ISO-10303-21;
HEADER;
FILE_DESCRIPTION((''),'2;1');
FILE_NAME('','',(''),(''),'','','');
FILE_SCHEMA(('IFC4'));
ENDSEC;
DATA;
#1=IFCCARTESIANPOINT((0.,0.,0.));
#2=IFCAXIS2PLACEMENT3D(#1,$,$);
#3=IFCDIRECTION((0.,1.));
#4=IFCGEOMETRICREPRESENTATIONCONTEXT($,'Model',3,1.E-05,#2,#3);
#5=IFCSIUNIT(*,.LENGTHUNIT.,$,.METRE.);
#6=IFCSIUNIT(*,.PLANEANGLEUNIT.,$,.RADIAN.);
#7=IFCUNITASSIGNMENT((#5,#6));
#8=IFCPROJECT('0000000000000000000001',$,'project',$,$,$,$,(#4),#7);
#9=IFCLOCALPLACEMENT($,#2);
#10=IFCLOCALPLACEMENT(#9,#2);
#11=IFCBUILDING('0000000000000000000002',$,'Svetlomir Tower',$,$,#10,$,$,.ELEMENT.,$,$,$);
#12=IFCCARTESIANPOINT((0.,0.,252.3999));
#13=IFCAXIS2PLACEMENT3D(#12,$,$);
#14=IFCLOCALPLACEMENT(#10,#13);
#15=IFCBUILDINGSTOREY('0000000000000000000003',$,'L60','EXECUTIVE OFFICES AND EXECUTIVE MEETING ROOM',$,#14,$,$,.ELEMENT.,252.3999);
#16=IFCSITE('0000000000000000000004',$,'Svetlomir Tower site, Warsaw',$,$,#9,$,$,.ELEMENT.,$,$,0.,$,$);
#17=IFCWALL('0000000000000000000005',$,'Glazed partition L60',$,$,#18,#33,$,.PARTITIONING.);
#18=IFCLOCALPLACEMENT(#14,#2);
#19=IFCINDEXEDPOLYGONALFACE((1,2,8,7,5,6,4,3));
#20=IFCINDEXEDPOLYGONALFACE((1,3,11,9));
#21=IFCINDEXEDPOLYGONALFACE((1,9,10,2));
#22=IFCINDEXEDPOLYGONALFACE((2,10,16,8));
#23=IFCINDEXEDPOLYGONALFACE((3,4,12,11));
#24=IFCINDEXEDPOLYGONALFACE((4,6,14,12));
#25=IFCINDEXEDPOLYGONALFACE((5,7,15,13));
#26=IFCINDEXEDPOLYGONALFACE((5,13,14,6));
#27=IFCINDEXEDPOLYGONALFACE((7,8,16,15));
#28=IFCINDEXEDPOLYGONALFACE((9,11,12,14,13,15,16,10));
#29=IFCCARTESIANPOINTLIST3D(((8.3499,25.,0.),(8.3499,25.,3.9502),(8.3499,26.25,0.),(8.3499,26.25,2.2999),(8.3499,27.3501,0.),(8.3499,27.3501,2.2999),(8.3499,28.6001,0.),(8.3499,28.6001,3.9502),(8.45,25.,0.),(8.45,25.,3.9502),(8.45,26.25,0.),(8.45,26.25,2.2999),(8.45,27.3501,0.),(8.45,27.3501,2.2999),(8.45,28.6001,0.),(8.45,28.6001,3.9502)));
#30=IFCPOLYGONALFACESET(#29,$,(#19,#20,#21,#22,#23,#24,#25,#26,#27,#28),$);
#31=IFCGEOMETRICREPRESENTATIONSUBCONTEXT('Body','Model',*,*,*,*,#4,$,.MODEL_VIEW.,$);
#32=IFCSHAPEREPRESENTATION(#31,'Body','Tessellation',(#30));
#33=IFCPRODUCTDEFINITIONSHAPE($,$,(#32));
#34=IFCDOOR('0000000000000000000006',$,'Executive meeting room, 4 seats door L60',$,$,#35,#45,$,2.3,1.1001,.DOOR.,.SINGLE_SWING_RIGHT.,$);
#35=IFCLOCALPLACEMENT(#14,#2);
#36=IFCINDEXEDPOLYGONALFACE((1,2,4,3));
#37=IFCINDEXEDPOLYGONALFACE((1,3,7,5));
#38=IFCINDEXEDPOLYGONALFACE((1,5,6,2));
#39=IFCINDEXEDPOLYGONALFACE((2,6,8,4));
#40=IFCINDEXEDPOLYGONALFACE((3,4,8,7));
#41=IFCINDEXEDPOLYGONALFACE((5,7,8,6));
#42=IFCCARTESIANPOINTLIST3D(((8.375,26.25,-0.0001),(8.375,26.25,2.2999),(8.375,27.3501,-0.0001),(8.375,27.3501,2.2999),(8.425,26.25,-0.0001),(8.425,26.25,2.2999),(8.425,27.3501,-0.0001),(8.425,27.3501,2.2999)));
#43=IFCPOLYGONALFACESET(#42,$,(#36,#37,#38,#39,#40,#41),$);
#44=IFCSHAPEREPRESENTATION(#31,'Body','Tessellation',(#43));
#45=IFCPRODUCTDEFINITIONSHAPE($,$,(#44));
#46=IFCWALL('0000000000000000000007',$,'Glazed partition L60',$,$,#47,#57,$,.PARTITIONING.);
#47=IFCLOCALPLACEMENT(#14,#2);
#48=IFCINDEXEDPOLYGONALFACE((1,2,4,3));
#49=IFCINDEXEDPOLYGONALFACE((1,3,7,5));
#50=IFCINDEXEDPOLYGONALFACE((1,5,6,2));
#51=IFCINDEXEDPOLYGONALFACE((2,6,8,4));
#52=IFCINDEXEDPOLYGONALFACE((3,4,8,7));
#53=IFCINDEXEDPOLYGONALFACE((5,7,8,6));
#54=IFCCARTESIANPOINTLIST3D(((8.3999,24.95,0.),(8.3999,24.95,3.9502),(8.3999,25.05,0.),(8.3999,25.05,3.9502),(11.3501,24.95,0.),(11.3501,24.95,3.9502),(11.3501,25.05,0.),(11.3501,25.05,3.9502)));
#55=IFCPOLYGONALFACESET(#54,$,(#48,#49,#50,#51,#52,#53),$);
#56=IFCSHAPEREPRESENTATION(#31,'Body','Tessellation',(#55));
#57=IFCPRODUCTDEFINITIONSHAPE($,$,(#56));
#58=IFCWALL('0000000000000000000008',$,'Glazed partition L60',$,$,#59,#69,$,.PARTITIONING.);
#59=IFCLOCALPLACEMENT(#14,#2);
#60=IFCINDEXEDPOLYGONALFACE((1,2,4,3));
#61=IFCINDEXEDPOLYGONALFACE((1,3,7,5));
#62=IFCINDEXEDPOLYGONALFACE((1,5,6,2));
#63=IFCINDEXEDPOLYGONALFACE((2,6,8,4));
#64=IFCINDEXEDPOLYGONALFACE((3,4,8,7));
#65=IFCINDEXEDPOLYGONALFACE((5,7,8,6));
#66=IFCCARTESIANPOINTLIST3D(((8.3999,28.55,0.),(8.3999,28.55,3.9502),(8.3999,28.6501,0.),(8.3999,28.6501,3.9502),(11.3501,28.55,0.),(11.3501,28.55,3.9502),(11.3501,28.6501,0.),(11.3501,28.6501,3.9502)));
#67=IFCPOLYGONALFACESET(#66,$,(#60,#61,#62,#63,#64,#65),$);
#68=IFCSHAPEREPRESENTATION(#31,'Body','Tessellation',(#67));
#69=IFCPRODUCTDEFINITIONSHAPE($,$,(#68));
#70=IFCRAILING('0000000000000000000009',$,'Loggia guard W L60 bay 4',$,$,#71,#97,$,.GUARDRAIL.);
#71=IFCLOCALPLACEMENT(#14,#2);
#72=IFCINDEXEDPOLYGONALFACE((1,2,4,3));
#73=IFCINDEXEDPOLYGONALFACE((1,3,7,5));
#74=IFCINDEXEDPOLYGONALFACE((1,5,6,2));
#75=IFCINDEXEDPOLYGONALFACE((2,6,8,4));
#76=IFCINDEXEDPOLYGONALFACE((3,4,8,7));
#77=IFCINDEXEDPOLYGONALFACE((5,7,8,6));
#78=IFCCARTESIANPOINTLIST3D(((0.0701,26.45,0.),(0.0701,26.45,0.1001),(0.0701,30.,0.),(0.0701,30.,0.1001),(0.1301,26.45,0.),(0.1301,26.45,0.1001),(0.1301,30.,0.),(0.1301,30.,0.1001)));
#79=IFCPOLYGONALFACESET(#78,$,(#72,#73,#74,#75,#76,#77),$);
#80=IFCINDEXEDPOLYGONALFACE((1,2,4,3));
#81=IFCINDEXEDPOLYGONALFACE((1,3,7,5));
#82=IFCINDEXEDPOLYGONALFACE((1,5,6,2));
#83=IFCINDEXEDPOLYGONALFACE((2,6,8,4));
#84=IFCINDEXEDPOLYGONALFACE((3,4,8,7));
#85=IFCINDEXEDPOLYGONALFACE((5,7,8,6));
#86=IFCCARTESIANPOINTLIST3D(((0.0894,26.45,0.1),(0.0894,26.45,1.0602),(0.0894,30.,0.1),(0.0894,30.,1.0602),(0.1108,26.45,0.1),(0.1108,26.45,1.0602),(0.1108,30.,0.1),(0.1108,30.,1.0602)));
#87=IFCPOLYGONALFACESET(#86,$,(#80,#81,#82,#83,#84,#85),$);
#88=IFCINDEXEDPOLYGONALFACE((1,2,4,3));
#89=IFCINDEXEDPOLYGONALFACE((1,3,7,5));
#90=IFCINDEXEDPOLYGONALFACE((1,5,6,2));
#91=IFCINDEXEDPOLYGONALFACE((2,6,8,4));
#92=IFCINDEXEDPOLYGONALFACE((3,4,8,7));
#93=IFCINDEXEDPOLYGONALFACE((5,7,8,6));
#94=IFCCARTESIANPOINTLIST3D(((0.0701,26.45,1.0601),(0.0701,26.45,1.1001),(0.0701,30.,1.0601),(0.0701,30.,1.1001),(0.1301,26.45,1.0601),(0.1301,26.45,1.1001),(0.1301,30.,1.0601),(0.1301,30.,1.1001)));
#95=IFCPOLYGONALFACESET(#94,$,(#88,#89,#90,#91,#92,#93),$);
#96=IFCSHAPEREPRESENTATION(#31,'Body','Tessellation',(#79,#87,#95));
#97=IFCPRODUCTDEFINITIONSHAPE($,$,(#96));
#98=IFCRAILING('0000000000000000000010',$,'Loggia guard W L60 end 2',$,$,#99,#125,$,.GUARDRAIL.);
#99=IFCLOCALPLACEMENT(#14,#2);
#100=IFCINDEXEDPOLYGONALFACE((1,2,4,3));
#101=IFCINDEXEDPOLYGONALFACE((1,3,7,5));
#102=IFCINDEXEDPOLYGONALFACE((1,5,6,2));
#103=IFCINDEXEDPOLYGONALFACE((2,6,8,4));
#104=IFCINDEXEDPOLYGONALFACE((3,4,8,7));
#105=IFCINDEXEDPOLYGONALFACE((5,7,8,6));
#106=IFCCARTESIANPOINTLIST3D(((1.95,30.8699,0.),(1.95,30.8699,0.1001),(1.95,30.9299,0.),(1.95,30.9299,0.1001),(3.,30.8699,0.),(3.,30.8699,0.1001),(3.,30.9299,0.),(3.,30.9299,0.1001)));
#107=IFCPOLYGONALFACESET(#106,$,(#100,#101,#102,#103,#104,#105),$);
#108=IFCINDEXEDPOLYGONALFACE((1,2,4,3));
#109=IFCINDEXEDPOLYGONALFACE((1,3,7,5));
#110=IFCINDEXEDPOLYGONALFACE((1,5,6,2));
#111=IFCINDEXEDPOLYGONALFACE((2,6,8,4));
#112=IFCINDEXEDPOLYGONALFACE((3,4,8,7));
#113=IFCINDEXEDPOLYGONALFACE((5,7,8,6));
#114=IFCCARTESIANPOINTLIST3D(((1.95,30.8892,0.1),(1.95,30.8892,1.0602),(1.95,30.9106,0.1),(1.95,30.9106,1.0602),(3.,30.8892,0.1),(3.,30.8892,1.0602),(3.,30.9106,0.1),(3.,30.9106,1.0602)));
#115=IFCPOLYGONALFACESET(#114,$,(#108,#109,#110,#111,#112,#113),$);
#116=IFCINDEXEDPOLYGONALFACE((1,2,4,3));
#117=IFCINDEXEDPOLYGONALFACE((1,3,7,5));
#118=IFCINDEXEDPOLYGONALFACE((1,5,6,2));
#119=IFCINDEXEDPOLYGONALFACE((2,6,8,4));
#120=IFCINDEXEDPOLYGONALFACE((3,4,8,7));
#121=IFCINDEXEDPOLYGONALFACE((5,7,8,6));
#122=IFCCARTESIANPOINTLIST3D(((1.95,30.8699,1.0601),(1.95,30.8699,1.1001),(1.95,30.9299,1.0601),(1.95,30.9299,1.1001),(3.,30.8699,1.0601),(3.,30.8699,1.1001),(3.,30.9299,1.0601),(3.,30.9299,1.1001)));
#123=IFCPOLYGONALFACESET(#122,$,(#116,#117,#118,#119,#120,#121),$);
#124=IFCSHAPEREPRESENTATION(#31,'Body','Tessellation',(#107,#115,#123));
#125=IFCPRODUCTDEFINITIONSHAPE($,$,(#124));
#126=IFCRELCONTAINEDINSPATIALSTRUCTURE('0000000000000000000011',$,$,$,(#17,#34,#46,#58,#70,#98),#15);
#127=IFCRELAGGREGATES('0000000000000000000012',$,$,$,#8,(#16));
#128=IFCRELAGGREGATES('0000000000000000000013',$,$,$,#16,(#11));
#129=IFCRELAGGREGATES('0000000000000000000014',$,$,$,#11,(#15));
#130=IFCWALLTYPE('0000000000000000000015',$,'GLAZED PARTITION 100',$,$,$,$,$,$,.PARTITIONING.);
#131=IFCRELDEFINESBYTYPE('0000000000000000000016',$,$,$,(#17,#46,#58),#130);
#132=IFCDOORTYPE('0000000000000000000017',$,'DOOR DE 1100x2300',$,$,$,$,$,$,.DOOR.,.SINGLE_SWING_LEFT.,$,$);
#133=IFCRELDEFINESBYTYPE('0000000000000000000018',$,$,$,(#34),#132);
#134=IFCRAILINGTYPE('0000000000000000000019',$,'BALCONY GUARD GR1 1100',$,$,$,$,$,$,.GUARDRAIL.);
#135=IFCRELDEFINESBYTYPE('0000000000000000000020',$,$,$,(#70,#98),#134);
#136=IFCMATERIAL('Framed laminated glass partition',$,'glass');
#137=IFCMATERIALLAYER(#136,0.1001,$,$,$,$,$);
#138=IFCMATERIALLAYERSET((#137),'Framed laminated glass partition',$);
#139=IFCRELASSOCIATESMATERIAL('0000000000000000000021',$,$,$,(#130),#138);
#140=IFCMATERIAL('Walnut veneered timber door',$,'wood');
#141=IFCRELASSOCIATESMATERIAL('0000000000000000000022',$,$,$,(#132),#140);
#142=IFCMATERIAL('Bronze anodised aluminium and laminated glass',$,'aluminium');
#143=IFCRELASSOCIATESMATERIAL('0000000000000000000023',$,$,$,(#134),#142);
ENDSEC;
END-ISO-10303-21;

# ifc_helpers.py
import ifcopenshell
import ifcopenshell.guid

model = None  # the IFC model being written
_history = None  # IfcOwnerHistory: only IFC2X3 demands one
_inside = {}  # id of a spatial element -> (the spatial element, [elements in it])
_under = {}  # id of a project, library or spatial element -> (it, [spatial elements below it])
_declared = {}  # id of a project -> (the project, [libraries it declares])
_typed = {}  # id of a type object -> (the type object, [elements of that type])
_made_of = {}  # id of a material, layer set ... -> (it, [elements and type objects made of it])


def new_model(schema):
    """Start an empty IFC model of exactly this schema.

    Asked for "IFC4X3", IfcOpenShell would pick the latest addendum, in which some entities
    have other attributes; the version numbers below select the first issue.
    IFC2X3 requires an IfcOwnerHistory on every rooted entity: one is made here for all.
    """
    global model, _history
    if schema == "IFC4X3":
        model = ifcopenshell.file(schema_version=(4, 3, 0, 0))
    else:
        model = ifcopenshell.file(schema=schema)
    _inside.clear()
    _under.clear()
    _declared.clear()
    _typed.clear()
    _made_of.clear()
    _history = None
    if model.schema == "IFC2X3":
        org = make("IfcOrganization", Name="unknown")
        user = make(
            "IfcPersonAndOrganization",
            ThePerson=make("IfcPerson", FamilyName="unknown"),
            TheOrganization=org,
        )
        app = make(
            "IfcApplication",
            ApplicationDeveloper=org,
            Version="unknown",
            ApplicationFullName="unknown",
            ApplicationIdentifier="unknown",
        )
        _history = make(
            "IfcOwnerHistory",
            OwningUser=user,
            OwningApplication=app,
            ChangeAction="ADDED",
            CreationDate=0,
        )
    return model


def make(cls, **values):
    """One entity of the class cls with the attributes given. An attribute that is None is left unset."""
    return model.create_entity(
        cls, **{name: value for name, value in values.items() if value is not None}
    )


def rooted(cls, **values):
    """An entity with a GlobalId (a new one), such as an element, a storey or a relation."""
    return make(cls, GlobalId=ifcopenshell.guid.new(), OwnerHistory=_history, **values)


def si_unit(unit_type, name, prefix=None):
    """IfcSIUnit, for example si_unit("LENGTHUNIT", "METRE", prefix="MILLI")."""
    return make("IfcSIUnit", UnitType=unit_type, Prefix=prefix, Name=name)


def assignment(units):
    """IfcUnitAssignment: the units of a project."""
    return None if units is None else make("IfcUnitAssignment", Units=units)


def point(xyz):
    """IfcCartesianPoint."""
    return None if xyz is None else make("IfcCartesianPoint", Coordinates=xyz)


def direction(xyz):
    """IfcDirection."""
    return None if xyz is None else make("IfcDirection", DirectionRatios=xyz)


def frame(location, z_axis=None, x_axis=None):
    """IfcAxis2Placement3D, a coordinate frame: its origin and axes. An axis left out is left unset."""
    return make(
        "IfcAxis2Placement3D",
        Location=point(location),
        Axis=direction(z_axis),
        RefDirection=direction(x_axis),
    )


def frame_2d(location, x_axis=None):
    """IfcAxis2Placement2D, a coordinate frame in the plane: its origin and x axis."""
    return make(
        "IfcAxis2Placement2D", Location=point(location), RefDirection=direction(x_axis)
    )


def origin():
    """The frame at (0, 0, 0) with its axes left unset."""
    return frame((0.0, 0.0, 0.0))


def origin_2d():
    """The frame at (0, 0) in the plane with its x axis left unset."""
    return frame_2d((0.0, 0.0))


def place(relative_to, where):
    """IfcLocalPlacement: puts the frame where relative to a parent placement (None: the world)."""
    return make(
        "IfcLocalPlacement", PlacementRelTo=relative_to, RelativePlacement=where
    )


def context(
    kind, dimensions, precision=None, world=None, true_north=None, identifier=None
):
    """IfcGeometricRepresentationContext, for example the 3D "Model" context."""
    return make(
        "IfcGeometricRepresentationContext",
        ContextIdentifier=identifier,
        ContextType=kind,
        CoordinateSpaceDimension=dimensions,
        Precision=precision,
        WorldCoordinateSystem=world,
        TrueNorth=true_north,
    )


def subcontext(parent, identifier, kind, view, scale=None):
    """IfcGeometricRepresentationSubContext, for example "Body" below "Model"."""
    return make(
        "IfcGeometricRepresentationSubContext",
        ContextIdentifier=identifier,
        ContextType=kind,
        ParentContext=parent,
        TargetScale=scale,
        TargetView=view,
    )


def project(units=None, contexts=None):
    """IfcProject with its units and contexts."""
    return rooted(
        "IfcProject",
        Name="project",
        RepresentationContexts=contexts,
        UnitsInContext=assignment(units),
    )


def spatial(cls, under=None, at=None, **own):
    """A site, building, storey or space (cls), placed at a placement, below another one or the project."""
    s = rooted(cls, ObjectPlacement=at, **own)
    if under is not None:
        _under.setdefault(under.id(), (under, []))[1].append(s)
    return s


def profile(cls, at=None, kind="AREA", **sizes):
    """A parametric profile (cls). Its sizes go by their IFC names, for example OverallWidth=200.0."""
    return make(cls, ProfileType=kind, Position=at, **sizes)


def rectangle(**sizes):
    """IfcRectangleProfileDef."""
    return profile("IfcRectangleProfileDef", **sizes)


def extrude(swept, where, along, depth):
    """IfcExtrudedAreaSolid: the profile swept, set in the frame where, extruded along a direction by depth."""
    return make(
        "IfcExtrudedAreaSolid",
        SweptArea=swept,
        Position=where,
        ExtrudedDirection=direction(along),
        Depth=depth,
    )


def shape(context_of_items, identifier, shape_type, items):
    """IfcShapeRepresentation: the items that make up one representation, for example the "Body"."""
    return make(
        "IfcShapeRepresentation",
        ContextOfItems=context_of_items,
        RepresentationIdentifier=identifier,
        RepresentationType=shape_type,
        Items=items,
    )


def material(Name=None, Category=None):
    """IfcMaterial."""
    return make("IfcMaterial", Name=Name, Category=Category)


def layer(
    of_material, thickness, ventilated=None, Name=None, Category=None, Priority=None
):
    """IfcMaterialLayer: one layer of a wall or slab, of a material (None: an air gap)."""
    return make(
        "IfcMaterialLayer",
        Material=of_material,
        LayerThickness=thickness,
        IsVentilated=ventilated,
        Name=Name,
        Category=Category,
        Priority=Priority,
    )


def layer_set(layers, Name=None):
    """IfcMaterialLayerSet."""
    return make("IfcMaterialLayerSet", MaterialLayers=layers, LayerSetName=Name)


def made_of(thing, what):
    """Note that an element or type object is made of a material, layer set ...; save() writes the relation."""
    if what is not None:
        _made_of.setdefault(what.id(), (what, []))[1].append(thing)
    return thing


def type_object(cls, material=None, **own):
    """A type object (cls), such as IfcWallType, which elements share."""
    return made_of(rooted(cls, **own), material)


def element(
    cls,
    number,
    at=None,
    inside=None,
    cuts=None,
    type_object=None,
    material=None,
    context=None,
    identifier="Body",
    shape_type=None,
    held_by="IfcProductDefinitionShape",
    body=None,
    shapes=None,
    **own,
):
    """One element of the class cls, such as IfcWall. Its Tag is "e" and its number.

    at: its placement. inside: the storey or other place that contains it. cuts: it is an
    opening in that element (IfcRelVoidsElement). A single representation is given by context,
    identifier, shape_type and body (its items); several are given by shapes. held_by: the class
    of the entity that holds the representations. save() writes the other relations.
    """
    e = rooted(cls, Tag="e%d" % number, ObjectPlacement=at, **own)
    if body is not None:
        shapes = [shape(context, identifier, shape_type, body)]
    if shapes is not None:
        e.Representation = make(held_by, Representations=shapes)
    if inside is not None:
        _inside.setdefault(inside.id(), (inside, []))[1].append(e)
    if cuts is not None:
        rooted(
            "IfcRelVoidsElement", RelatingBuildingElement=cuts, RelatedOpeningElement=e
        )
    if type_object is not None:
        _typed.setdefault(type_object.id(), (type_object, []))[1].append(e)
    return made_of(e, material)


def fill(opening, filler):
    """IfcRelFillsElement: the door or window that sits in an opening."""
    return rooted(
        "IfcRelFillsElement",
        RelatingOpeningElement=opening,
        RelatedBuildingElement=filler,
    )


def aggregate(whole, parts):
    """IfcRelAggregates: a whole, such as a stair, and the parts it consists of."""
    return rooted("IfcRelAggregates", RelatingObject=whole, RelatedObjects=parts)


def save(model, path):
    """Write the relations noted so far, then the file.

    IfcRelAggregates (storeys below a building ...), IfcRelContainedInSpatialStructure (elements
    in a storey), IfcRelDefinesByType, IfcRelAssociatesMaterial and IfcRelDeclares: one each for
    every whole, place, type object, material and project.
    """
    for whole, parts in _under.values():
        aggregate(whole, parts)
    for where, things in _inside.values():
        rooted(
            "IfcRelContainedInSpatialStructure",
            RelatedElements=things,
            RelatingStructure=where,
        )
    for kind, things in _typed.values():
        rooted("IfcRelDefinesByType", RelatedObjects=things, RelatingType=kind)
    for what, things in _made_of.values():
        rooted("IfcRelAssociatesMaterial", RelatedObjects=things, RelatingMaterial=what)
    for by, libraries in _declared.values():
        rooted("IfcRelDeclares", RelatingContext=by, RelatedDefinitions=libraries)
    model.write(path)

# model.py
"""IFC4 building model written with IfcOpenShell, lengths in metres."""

from ifc_helpers import new_model, si_unit, direction, frame, frame_2d, origin, origin_2d, place, context, subcontext, project, spatial, rectangle, extrude, material, layer, layer_set, type_object, element, fill, save


model = new_model("IFC4")

# Units and contexts
model_context = context("Model", 3, precision=1e-05, world=origin(), true_north=direction((0.0, 1.0)))
body_context = subcontext(model_context, "Body", "Model", "MODEL_VIEW")
ifc_project = project(units=[si_unit("LENGTHUNIT", "METRE"), si_unit("PLANEANGLEUNIT", "RADIAN")], contexts=[model_context])

# Site, building, storey
site_placement = place(None, origin())
site = spatial("IfcSite", under=ifc_project, at=site_placement, Name="Svetlomir Tower site, Warsaw", CompositionType="ELEMENT", RefElevation=0.0)
building_placement = place(site_placement, origin())
building = spatial("IfcBuilding", under=site, at=building_placement, Name="Svetlomir Tower", CompositionType="ELEMENT")
storey_placement = place(building_placement, frame((0.0, 0.0, 252.3999)))
storey = spatial("IfcBuildingStorey", under=building, at=storey_placement, Name="L60", Description="EXECUTIVE OFFICES AND EXECUTIVE MEETING ROOM", CompositionType="ELEMENT", Elevation=252.3999)

# Wall, opening, door
ifc_material_1 = material(Name="Framed laminated glass partition", Category="glass")
ifc_layer_1 = layer(ifc_material_1, 0.1001)
ifc_layer_set_1 = layer_set([ifc_layer_1], Name="Framed laminated glass partition")
wall_type_1 = type_object("IfcWallType", Name="GLAZED PARTITION 100", PredefinedType="PARTITIONING", material=ifc_layer_set_1)
wall_1_placement = place(storey_placement, frame((8.3999, 25.0, 0.0), z_axis=(0.0, 0.0, 1.0), x_axis=(0.0, 1.0, 0.0)))
wall_1 = element("IfcWall", 1, at=wall_1_placement, inside=storey, type_object=wall_type_1, Name="Glazed partition L60", PredefinedType="PARTITIONING", context=body_context, shape_type="SweptSolid", body=[
    extrude(rectangle(XDim=3.6001, YDim=0.1001, at=frame_2d((1.8, 0.0))), origin(), (0.0, 0.0, 1.0), 3.9502),
])
opening_1_placement = place(wall_1_placement, frame((1.25, 0.0, 0.0)))
opening_1 = element("IfcOpeningElement", 2, at=opening_1_placement, cuts=wall_1, PredefinedType="OPENING", context=body_context, shape_type="SweptSolid", body=[
    extrude(rectangle(XDim=1.1001, YDim=2.3, at=frame_2d((0.55, 1.1499))), frame((0.0, 0.0601, 0.0), z_axis=(0.0, -1.0, 0.0), x_axis=(1.0, 0.0, 0.0)), (0.0, 0.0, 1.0), 0.1201),
])
ifc_material_2 = material(Name="Walnut veneered timber door", Category="wood")
door_type_1 = type_object("IfcDoorType", Name="DOOR DE 1100x2300", OperationType="SINGLE_SWING_LEFT", PredefinedType="DOOR", material=ifc_material_2)
door_1_placement = place(opening_1_placement, origin())
door_1 = element("IfcDoor", 3, at=door_1_placement, inside=storey, type_object=door_type_1, Name="Executive meeting room, 4 seats door L60", OperationType="SINGLE_SWING_RIGHT", OverallHeight=2.3, OverallWidth=1.1001, PredefinedType="DOOR", context=body_context, shape_type="SweptSolid", body=[
    extrude(rectangle(XDim=1.1001, YDim=2.3, at=frame_2d((0.55, 1.1499))), frame((0.0, 0.0249, 0.0), z_axis=(0.0, -1.0, 0.0), x_axis=(1.0, 0.0, 0.0)), (0.0, 0.0, 1.0), 0.05),
])
fill(opening_1, door_1)

# Walls
for number, where, z_axis, x_axis, name in (
    (4, (8.3999, 25.0, 0.0), (0.0, 0.0, 1.0), (1.0, 0.0, 0.0), "Glazed partition L60"),
    (5, (8.3999, 28.6001, 0.0), (0.0, 0.0, 1.0), (1.0, 0.0, 0.0), "Glazed partition L60"),
):
    element("IfcWall", number, at=place(storey_placement, frame(where, z_axis=z_axis, x_axis=x_axis)), inside=storey, type_object=wall_type_1, Name=name, PredefinedType="PARTITIONING", context=body_context, shape_type="SweptSolid", body=[
        extrude(rectangle(XDim=2.9502, YDim=0.1001, at=frame_2d((1.4751, 0.0))), origin(), (0.0, 0.0, 1.0), 3.9502),
    ])

# Railings
ifc_material_3 = material(Name="Bronze anodised aluminium and laminated glass", Category="aluminium")
railing_type = type_object("IfcRailingType", Name="BALCONY GUARD GR1 1100", PredefinedType="GUARDRAIL", material=ifc_material_3)
railing_1_placement = place(storey_placement, frame((0.1001, 26.45, 0.0)))
element("IfcRailing", 6, at=railing_1_placement, inside=storey, type_object=railing_type, Name="Loggia guard W L60 bay 4", PredefinedType="GUARDRAIL", context=body_context, shape_type="SweptSolid", body=[
    extrude(rectangle(XDim=0.0601, YDim=0.1001, at=origin_2d()), frame((0.0, 0.0, 0.05), z_axis=(0.0, 1.0, 0.0), x_axis=(-1.0, 0.0, 0.0)), (0.0, 0.0, 1.0), 3.55),
    extrude(rectangle(XDim=0.0215, YDim=0.9602, at=origin_2d()), frame((0.0, 0.0, 0.5801), z_axis=(0.0, 1.0, 0.0), x_axis=(-1.0, 0.0, 0.0)), (0.0, 0.0, 1.0), 3.55),
    extrude(rectangle(XDim=0.0601, YDim=0.04, at=origin_2d()), frame((0.0, 0.0, 1.0801), z_axis=(0.0, 1.0, 0.0), x_axis=(-1.0, 0.0, 0.0)), (0.0, 0.0, 1.0), 3.55),
])
railing_2_placement = place(storey_placement, frame((1.95, 30.8999, 0.0)))
element("IfcRailing", 7, at=railing_2_placement, inside=storey, type_object=railing_type, Name="Loggia guard W L60 end 2", PredefinedType="GUARDRAIL", context=body_context, shape_type="SweptSolid", body=[
    extrude(rectangle(XDim=0.0601, YDim=0.1001, at=origin_2d()), frame((0.0, 0.0, 0.05), z_axis=(1.0, 0.0, 0.0), x_axis=(0.0, 1.0, 0.0)), (0.0, 0.0, 1.0), 1.05),
    extrude(rectangle(XDim=0.0215, YDim=0.9602, at=origin_2d()), frame((0.0, 0.0, 0.5801), z_axis=(1.0, 0.0, 0.0), x_axis=(0.0, 1.0, 0.0)), (0.0, 0.0, 1.0), 1.05),
    extrude(rectangle(XDim=0.0601, YDim=0.04, at=origin_2d()), frame((0.0, 0.0, 1.0801), z_axis=(1.0, 0.0, 0.0), x_axis=(0.0, 1.0, 0.0)), (0.0, 0.0, 1.0), 1.05),
])

save(model, "model.ifc")
